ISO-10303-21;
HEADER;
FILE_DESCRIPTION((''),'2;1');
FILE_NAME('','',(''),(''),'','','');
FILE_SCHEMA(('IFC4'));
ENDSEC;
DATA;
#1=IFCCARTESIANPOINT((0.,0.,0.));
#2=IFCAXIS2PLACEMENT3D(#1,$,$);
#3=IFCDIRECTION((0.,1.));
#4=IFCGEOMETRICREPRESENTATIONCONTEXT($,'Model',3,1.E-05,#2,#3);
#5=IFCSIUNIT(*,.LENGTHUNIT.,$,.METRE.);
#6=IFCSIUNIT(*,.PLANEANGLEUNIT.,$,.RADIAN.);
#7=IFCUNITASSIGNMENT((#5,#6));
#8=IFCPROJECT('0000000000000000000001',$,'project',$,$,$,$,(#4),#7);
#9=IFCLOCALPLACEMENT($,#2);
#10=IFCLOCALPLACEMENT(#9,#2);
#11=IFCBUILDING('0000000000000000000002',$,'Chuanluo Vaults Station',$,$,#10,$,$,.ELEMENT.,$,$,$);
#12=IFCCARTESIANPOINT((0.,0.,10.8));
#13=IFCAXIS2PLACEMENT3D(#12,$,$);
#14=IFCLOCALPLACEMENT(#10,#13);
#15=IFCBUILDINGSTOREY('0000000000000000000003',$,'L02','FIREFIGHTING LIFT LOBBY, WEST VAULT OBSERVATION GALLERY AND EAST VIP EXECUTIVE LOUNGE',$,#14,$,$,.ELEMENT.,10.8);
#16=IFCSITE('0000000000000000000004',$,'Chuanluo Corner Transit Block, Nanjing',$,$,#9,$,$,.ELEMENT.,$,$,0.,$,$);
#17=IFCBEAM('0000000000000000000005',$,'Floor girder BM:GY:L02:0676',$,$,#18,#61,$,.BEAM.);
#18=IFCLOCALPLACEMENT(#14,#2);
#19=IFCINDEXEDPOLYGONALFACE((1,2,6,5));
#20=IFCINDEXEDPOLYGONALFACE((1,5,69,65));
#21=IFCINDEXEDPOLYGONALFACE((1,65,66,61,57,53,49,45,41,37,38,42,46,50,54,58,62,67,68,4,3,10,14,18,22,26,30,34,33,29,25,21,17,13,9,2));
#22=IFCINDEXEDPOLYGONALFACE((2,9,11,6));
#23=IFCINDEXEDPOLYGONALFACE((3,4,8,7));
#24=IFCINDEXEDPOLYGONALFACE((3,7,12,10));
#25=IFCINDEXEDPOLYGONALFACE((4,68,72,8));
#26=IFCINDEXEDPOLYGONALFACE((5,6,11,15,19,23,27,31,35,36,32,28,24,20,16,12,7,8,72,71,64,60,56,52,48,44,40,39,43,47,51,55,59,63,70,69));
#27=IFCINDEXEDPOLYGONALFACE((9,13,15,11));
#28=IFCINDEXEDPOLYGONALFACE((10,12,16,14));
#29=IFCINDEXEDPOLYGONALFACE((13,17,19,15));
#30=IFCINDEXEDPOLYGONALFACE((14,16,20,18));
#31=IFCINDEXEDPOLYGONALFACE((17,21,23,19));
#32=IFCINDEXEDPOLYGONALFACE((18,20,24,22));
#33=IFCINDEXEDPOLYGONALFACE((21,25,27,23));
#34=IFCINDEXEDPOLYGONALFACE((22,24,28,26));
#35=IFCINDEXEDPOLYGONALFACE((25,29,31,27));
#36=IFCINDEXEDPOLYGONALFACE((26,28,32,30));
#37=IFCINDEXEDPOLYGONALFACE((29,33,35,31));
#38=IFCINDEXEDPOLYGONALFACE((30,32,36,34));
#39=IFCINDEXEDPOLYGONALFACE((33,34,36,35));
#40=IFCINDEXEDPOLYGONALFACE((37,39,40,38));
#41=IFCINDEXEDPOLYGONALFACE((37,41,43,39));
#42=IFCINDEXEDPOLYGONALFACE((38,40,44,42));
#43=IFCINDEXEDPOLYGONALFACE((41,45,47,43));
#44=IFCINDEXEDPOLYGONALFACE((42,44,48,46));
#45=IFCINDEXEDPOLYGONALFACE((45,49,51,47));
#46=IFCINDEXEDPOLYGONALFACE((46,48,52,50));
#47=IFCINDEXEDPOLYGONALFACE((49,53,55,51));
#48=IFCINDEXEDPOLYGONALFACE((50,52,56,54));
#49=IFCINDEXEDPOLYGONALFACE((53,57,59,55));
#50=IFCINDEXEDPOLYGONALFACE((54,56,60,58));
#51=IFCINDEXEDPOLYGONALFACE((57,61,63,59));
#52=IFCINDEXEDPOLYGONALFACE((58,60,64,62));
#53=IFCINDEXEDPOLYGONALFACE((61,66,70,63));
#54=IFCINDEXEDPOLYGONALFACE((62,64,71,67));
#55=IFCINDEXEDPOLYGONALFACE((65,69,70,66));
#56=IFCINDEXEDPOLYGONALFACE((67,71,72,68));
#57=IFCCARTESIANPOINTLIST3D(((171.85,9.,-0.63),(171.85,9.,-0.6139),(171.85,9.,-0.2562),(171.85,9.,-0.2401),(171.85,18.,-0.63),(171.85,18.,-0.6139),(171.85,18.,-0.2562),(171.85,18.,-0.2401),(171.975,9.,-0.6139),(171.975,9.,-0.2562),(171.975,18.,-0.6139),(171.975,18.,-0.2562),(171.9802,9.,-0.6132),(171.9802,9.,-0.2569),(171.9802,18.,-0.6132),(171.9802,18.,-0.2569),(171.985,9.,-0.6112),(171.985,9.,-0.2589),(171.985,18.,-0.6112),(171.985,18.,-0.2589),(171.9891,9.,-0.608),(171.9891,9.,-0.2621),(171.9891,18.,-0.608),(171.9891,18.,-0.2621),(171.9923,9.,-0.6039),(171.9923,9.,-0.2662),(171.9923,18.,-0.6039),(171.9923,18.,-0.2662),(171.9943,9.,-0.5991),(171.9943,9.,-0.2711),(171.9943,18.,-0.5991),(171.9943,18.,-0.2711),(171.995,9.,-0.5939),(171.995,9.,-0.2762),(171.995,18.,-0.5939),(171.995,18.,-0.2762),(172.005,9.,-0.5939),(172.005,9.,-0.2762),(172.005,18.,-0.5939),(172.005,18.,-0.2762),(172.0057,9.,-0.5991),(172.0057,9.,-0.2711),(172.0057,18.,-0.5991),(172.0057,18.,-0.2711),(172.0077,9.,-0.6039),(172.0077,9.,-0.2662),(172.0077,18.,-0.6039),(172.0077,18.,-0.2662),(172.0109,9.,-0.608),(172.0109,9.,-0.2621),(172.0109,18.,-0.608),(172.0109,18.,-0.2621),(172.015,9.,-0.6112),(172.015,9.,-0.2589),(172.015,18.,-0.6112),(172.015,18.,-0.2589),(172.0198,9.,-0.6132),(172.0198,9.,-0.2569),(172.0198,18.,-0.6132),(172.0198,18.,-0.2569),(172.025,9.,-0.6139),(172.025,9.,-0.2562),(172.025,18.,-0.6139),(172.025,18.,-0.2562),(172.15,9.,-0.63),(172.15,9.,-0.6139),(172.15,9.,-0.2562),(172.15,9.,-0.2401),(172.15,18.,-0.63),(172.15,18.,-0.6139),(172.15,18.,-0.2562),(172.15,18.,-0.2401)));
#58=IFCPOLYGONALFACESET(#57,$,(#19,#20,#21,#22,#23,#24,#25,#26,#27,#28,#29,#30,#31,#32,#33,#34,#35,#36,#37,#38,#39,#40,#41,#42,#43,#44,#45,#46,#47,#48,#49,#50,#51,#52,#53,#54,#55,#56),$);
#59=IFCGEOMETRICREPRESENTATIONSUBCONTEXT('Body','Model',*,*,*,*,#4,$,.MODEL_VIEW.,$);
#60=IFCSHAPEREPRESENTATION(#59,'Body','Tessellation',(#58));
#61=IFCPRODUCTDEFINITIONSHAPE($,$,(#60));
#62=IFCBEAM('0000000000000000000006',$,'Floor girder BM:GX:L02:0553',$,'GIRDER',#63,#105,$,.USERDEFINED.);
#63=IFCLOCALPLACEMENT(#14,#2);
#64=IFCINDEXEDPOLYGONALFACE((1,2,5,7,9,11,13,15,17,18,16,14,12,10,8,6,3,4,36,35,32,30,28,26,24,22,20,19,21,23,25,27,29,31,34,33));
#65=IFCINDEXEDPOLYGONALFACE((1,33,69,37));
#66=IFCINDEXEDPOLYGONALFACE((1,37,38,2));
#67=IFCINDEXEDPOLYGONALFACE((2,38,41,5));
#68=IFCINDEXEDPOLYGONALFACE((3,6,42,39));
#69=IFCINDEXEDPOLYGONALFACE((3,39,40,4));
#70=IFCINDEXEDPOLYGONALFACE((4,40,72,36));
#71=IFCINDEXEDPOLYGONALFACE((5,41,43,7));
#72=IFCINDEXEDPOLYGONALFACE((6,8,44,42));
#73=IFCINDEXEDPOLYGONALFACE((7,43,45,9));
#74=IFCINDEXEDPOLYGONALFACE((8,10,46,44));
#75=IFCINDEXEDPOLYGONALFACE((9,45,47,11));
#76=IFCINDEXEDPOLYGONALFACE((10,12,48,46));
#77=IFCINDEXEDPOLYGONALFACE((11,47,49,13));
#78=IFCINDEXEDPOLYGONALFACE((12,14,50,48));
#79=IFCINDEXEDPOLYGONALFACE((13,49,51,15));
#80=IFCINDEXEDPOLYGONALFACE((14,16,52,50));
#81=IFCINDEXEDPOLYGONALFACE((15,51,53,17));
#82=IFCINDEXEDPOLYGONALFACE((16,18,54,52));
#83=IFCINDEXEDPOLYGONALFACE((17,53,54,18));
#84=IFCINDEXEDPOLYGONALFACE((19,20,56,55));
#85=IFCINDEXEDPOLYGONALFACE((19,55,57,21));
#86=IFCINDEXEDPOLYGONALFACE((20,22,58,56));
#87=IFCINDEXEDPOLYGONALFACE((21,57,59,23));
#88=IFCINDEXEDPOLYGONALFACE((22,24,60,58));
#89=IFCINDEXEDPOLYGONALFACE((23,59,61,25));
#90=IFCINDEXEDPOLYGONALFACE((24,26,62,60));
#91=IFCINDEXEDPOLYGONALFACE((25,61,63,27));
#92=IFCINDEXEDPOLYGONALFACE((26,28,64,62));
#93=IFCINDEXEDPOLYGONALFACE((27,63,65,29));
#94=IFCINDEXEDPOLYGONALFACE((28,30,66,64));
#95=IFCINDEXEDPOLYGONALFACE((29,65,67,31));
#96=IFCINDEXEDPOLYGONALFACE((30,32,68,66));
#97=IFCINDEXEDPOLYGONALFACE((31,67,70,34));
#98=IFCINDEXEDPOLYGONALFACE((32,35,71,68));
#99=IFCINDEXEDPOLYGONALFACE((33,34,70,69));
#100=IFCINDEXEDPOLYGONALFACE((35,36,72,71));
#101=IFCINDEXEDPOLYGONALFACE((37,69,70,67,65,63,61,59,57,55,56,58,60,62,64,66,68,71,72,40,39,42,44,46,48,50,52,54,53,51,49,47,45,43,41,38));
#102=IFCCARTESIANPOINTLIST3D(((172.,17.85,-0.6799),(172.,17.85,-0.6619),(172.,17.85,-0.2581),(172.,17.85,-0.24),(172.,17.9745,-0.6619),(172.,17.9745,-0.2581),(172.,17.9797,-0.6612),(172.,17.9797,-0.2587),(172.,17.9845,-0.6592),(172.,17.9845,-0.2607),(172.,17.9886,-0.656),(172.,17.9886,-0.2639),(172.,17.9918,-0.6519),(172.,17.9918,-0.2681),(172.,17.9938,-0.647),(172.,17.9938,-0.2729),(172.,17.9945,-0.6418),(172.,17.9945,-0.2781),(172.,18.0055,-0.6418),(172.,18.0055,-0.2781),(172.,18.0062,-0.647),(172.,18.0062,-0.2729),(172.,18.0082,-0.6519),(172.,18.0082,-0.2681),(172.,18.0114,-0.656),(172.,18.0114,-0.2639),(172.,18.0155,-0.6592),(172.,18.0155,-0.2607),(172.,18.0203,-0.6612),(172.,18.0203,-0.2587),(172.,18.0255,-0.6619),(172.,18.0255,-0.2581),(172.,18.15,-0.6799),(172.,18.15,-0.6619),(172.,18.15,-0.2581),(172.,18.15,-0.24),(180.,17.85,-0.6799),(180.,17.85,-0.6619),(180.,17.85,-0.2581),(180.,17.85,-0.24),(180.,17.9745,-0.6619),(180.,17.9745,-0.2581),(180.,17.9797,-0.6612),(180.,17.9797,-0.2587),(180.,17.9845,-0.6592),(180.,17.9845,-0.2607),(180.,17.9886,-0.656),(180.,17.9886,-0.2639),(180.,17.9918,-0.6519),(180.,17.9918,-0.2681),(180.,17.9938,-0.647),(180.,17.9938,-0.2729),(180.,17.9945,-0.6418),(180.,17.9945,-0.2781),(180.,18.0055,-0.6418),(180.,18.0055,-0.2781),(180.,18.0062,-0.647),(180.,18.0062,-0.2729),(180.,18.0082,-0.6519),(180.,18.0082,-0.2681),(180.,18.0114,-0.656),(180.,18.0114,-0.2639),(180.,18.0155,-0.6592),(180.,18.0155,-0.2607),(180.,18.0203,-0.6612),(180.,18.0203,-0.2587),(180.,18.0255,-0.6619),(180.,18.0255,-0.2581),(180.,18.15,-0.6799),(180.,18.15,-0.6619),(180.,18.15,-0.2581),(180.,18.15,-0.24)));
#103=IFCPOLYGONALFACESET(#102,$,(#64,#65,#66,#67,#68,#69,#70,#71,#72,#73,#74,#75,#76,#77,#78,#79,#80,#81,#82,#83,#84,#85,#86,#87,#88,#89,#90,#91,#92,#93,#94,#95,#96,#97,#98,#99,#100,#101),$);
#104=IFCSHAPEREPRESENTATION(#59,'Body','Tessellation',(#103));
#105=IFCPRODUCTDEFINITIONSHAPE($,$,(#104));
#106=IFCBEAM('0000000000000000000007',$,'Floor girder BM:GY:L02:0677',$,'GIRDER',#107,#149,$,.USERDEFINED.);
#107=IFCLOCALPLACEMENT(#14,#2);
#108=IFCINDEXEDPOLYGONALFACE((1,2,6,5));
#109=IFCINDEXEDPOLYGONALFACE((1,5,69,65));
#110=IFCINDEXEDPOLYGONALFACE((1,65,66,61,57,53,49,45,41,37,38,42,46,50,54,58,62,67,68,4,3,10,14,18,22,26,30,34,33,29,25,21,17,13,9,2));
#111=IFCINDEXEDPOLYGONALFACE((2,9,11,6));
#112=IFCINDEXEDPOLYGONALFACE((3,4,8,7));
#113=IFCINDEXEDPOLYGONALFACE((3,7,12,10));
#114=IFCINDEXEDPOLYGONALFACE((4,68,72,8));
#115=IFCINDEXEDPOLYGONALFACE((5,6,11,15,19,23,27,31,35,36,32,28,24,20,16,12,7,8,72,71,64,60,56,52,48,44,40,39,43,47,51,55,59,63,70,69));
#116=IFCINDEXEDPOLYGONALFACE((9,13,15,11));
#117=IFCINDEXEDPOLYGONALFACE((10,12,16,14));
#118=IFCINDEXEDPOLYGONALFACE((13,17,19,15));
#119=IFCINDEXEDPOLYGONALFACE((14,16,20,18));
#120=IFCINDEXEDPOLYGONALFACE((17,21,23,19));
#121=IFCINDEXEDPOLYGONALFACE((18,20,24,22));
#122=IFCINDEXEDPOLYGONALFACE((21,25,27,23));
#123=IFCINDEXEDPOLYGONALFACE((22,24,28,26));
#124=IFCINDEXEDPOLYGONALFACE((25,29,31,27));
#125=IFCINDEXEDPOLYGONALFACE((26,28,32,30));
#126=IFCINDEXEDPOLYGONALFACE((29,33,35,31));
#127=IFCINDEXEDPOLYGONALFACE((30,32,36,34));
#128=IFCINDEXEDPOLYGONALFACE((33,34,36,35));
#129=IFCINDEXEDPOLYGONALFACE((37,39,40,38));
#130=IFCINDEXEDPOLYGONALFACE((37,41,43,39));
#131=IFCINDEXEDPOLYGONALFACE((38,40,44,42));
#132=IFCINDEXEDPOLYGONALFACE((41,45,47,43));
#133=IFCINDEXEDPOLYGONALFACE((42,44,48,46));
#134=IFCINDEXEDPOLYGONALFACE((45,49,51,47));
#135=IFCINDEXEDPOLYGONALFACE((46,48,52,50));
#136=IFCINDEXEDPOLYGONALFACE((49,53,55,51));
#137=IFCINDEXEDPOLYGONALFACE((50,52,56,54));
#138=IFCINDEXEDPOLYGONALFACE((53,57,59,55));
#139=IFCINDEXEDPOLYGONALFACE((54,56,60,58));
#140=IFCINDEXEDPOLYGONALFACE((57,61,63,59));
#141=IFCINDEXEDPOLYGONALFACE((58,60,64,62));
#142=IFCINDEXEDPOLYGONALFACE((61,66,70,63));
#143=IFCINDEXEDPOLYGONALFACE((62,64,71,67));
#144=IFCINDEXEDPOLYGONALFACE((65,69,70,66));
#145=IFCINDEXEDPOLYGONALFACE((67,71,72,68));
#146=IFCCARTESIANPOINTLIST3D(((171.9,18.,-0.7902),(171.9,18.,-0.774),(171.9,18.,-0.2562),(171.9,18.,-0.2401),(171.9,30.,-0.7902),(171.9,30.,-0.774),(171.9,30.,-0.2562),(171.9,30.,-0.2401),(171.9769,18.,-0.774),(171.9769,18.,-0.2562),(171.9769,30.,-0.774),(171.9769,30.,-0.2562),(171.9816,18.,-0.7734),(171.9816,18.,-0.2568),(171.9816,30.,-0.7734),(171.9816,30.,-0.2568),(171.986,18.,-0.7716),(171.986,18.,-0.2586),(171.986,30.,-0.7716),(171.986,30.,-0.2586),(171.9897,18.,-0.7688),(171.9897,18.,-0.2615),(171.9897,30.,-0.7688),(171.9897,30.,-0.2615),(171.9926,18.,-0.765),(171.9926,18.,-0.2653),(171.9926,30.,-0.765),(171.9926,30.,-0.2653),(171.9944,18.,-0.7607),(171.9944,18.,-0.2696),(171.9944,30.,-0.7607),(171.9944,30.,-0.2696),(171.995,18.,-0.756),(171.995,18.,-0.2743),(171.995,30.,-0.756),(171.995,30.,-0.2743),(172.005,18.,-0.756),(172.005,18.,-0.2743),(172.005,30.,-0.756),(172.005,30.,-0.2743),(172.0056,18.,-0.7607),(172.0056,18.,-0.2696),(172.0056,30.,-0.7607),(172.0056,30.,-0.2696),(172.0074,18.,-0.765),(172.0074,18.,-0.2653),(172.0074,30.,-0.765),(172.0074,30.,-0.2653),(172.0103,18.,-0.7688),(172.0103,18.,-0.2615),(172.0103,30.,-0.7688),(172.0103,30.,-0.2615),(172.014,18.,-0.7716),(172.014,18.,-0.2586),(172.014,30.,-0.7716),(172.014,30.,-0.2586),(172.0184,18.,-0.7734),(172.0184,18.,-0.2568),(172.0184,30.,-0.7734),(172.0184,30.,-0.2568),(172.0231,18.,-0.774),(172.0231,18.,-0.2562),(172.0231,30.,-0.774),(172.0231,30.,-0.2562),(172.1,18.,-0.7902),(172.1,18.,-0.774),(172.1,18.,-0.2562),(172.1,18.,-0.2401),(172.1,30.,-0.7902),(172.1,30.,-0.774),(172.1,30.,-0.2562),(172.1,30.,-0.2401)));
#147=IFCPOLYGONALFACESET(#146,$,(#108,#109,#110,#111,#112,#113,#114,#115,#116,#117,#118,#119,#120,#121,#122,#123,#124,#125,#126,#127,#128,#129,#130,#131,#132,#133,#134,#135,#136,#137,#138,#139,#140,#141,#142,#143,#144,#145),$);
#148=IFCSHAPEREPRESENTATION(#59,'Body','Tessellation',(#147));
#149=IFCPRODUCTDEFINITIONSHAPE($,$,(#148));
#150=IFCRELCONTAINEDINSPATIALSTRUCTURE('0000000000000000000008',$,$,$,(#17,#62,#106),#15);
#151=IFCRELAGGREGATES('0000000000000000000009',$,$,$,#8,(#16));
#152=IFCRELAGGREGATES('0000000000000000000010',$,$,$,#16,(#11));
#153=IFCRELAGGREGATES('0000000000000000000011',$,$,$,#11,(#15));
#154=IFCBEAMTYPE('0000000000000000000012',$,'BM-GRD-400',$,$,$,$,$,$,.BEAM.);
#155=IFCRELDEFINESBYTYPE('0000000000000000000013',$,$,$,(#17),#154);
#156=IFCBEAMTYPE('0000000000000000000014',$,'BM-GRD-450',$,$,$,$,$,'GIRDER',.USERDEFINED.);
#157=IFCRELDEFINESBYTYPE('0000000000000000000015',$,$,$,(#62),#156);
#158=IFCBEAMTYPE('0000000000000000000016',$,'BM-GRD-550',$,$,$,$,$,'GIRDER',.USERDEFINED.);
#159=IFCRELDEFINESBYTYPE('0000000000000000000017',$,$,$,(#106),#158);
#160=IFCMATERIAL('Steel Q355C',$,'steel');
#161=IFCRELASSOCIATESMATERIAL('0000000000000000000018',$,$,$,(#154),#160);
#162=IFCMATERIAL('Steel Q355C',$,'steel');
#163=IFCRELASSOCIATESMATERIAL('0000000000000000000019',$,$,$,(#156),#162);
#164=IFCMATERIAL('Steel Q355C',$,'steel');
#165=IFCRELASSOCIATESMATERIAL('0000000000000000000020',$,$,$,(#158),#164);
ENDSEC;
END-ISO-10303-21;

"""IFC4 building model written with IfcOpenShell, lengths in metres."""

from ifc_helpers import new_model, si_unit, direction, frame, origin, origin_2d, place, context, subcontext, project, spatial, i_section, extrude, material, material_profile, profile_set, type_object, element, save


model = new_model("IFC4")

# Units and contexts
model_context = context("Model", 3, precision=1e-05, world=origin(), true_north=direction((0.0, 1.0)))
body_context = subcontext(model_context, "Body", "Model", "MODEL_VIEW")
ifc_project = project(units=[si_unit("LENGTHUNIT", "METRE"), si_unit("PLANEANGLEUNIT", "RADIAN")], contexts=[model_context])

# Site, building, storey
site_placement = place(None, origin())
site = spatial("IfcSite", under=ifc_project, at=site_placement, Name="Chuanluo Corner Transit Block, Nanjing", CompositionType="ELEMENT", RefElevation=0.0)
building_placement = place(site_placement, origin())
building = spatial("IfcBuilding", under=site, at=building_placement, Name="Chuanluo Vaults Station", CompositionType="ELEMENT")
storey_placement = place(building_placement, frame((0.0, 0.0, 10.8)))
storey = spatial("IfcBuildingStorey", under=building, at=storey_placement, Name="L02", Description="FIREFIGHTING LIFT LOBBY, WEST VAULT OBSERVATION GALLERY AND EAST VIP EXECUTIVE LOUNGE", CompositionType="ELEMENT", Elevation=10.8)

# Beams
ifc_material_1 = material(Name="Steel Q355C", Category="steel")
ifc_material_profile_1 = material_profile(ifc_material_1, i_section(OverallWidth=0.3, OverallDepth=0.3899, WebThickness=0.01, FlangeThickness=0.0161, FilletRadius=0.02, at=origin_2d()))
ifc_profile_set_1 = profile_set([ifc_material_profile_1], Name="Steel Q355C")
beam_type_1 = type_object("IfcBeamType", Name="BM-GRD-400", PredefinedType="BEAM", material=ifc_profile_set_1)
for number, where, z_axis, x_axis, name in (
    (1, (172.0, 9.0, -0.4351), (0.0, 1.0, 0.0), (-1.0, 0.0, 0.0), "Floor girder BM:GY:L02:0676"),
):
    element("IfcBeam", number, at=place(storey_placement, frame(where, z_axis=z_axis, x_axis=x_axis)), inside=storey, type_object=beam_type_1, Name=name, PredefinedType="BEAM", context=body_context, shape_type="SweptSolid", body=[
        extrude(i_section(OverallWidth=0.3, OverallDepth=0.3899, WebThickness=0.01, FlangeThickness=0.0161, FilletRadius=0.02, at=origin_2d()), origin(), (0.0, 0.0, 1.0), 9.0),
    ])
ifc_material_2 = material(Name="Steel Q355C", Category="steel")
ifc_material_profile_2 = material_profile(ifc_material_2, i_section(OverallWidth=0.3, OverallDepth=0.4399, WebThickness=0.011, FlangeThickness=0.0181, FilletRadius=0.02, at=origin_2d()))
ifc_profile_set_2 = profile_set([ifc_material_profile_2], Name="Steel Q355C")
beam_type_2 = type_object("IfcBeamType", Name="BM-GRD-450", ElementType="GIRDER", PredefinedType="USERDEFINED", material=ifc_profile_set_2)
beam_1_placement = place(storey_placement, frame((172.0, 18.0, -0.46), z_axis=(1.0, 0.0, 0.0), x_axis=(0.0, 1.0, 0.0)))
element("IfcBeam", 2, at=beam_1_placement, inside=storey, type_object=beam_type_2, Name="Floor girder BM:GX:L02:0553", ObjectType="GIRDER", PredefinedType="USERDEFINED", context=body_context, shape_type="SweptSolid", body=[
    extrude(i_section(OverallWidth=0.3, OverallDepth=0.4399, WebThickness=0.011, FlangeThickness=0.0181, FilletRadius=0.02, at=origin_2d()), origin(), (0.0, 0.0, 1.0), 8.0),
])
ifc_material_3 = material(Name="Steel Q355C", Category="steel")
ifc_material_profile_3 = material_profile(ifc_material_3, i_section(OverallWidth=0.2, OverallDepth=0.55, WebThickness=0.01, FlangeThickness=0.0161, FilletRadius=0.0181, at=origin_2d()))
ifc_profile_set_3 = profile_set([ifc_material_profile_3], Name="Steel Q355C")
beam_type_3 = type_object("IfcBeamType", Name="BM-GRD-550", ElementType="GIRDER", PredefinedType="USERDEFINED", material=ifc_profile_set_3)
beam_2_placement = place(storey_placement, frame((172.0, 18.0, -0.5151), z_axis=(0.0, 1.0, 0.0), x_axis=(-1.0, 0.0, 0.0)))
element("IfcBeam", 3, at=beam_2_placement, inside=storey, type_object=beam_type_3, Name="Floor girder BM:GY:L02:0677", ObjectType="GIRDER", PredefinedType="USERDEFINED", context=body_context, shape_type="SweptSolid", body=[
    extrude(i_section(OverallWidth=0.2, OverallDepth=0.55, WebThickness=0.01, FlangeThickness=0.0161, FilletRadius=0.0181, at=origin_2d()), origin(), (0.0, 0.0, 1.0), 12.0),
])

save(model, "model.ifc")
